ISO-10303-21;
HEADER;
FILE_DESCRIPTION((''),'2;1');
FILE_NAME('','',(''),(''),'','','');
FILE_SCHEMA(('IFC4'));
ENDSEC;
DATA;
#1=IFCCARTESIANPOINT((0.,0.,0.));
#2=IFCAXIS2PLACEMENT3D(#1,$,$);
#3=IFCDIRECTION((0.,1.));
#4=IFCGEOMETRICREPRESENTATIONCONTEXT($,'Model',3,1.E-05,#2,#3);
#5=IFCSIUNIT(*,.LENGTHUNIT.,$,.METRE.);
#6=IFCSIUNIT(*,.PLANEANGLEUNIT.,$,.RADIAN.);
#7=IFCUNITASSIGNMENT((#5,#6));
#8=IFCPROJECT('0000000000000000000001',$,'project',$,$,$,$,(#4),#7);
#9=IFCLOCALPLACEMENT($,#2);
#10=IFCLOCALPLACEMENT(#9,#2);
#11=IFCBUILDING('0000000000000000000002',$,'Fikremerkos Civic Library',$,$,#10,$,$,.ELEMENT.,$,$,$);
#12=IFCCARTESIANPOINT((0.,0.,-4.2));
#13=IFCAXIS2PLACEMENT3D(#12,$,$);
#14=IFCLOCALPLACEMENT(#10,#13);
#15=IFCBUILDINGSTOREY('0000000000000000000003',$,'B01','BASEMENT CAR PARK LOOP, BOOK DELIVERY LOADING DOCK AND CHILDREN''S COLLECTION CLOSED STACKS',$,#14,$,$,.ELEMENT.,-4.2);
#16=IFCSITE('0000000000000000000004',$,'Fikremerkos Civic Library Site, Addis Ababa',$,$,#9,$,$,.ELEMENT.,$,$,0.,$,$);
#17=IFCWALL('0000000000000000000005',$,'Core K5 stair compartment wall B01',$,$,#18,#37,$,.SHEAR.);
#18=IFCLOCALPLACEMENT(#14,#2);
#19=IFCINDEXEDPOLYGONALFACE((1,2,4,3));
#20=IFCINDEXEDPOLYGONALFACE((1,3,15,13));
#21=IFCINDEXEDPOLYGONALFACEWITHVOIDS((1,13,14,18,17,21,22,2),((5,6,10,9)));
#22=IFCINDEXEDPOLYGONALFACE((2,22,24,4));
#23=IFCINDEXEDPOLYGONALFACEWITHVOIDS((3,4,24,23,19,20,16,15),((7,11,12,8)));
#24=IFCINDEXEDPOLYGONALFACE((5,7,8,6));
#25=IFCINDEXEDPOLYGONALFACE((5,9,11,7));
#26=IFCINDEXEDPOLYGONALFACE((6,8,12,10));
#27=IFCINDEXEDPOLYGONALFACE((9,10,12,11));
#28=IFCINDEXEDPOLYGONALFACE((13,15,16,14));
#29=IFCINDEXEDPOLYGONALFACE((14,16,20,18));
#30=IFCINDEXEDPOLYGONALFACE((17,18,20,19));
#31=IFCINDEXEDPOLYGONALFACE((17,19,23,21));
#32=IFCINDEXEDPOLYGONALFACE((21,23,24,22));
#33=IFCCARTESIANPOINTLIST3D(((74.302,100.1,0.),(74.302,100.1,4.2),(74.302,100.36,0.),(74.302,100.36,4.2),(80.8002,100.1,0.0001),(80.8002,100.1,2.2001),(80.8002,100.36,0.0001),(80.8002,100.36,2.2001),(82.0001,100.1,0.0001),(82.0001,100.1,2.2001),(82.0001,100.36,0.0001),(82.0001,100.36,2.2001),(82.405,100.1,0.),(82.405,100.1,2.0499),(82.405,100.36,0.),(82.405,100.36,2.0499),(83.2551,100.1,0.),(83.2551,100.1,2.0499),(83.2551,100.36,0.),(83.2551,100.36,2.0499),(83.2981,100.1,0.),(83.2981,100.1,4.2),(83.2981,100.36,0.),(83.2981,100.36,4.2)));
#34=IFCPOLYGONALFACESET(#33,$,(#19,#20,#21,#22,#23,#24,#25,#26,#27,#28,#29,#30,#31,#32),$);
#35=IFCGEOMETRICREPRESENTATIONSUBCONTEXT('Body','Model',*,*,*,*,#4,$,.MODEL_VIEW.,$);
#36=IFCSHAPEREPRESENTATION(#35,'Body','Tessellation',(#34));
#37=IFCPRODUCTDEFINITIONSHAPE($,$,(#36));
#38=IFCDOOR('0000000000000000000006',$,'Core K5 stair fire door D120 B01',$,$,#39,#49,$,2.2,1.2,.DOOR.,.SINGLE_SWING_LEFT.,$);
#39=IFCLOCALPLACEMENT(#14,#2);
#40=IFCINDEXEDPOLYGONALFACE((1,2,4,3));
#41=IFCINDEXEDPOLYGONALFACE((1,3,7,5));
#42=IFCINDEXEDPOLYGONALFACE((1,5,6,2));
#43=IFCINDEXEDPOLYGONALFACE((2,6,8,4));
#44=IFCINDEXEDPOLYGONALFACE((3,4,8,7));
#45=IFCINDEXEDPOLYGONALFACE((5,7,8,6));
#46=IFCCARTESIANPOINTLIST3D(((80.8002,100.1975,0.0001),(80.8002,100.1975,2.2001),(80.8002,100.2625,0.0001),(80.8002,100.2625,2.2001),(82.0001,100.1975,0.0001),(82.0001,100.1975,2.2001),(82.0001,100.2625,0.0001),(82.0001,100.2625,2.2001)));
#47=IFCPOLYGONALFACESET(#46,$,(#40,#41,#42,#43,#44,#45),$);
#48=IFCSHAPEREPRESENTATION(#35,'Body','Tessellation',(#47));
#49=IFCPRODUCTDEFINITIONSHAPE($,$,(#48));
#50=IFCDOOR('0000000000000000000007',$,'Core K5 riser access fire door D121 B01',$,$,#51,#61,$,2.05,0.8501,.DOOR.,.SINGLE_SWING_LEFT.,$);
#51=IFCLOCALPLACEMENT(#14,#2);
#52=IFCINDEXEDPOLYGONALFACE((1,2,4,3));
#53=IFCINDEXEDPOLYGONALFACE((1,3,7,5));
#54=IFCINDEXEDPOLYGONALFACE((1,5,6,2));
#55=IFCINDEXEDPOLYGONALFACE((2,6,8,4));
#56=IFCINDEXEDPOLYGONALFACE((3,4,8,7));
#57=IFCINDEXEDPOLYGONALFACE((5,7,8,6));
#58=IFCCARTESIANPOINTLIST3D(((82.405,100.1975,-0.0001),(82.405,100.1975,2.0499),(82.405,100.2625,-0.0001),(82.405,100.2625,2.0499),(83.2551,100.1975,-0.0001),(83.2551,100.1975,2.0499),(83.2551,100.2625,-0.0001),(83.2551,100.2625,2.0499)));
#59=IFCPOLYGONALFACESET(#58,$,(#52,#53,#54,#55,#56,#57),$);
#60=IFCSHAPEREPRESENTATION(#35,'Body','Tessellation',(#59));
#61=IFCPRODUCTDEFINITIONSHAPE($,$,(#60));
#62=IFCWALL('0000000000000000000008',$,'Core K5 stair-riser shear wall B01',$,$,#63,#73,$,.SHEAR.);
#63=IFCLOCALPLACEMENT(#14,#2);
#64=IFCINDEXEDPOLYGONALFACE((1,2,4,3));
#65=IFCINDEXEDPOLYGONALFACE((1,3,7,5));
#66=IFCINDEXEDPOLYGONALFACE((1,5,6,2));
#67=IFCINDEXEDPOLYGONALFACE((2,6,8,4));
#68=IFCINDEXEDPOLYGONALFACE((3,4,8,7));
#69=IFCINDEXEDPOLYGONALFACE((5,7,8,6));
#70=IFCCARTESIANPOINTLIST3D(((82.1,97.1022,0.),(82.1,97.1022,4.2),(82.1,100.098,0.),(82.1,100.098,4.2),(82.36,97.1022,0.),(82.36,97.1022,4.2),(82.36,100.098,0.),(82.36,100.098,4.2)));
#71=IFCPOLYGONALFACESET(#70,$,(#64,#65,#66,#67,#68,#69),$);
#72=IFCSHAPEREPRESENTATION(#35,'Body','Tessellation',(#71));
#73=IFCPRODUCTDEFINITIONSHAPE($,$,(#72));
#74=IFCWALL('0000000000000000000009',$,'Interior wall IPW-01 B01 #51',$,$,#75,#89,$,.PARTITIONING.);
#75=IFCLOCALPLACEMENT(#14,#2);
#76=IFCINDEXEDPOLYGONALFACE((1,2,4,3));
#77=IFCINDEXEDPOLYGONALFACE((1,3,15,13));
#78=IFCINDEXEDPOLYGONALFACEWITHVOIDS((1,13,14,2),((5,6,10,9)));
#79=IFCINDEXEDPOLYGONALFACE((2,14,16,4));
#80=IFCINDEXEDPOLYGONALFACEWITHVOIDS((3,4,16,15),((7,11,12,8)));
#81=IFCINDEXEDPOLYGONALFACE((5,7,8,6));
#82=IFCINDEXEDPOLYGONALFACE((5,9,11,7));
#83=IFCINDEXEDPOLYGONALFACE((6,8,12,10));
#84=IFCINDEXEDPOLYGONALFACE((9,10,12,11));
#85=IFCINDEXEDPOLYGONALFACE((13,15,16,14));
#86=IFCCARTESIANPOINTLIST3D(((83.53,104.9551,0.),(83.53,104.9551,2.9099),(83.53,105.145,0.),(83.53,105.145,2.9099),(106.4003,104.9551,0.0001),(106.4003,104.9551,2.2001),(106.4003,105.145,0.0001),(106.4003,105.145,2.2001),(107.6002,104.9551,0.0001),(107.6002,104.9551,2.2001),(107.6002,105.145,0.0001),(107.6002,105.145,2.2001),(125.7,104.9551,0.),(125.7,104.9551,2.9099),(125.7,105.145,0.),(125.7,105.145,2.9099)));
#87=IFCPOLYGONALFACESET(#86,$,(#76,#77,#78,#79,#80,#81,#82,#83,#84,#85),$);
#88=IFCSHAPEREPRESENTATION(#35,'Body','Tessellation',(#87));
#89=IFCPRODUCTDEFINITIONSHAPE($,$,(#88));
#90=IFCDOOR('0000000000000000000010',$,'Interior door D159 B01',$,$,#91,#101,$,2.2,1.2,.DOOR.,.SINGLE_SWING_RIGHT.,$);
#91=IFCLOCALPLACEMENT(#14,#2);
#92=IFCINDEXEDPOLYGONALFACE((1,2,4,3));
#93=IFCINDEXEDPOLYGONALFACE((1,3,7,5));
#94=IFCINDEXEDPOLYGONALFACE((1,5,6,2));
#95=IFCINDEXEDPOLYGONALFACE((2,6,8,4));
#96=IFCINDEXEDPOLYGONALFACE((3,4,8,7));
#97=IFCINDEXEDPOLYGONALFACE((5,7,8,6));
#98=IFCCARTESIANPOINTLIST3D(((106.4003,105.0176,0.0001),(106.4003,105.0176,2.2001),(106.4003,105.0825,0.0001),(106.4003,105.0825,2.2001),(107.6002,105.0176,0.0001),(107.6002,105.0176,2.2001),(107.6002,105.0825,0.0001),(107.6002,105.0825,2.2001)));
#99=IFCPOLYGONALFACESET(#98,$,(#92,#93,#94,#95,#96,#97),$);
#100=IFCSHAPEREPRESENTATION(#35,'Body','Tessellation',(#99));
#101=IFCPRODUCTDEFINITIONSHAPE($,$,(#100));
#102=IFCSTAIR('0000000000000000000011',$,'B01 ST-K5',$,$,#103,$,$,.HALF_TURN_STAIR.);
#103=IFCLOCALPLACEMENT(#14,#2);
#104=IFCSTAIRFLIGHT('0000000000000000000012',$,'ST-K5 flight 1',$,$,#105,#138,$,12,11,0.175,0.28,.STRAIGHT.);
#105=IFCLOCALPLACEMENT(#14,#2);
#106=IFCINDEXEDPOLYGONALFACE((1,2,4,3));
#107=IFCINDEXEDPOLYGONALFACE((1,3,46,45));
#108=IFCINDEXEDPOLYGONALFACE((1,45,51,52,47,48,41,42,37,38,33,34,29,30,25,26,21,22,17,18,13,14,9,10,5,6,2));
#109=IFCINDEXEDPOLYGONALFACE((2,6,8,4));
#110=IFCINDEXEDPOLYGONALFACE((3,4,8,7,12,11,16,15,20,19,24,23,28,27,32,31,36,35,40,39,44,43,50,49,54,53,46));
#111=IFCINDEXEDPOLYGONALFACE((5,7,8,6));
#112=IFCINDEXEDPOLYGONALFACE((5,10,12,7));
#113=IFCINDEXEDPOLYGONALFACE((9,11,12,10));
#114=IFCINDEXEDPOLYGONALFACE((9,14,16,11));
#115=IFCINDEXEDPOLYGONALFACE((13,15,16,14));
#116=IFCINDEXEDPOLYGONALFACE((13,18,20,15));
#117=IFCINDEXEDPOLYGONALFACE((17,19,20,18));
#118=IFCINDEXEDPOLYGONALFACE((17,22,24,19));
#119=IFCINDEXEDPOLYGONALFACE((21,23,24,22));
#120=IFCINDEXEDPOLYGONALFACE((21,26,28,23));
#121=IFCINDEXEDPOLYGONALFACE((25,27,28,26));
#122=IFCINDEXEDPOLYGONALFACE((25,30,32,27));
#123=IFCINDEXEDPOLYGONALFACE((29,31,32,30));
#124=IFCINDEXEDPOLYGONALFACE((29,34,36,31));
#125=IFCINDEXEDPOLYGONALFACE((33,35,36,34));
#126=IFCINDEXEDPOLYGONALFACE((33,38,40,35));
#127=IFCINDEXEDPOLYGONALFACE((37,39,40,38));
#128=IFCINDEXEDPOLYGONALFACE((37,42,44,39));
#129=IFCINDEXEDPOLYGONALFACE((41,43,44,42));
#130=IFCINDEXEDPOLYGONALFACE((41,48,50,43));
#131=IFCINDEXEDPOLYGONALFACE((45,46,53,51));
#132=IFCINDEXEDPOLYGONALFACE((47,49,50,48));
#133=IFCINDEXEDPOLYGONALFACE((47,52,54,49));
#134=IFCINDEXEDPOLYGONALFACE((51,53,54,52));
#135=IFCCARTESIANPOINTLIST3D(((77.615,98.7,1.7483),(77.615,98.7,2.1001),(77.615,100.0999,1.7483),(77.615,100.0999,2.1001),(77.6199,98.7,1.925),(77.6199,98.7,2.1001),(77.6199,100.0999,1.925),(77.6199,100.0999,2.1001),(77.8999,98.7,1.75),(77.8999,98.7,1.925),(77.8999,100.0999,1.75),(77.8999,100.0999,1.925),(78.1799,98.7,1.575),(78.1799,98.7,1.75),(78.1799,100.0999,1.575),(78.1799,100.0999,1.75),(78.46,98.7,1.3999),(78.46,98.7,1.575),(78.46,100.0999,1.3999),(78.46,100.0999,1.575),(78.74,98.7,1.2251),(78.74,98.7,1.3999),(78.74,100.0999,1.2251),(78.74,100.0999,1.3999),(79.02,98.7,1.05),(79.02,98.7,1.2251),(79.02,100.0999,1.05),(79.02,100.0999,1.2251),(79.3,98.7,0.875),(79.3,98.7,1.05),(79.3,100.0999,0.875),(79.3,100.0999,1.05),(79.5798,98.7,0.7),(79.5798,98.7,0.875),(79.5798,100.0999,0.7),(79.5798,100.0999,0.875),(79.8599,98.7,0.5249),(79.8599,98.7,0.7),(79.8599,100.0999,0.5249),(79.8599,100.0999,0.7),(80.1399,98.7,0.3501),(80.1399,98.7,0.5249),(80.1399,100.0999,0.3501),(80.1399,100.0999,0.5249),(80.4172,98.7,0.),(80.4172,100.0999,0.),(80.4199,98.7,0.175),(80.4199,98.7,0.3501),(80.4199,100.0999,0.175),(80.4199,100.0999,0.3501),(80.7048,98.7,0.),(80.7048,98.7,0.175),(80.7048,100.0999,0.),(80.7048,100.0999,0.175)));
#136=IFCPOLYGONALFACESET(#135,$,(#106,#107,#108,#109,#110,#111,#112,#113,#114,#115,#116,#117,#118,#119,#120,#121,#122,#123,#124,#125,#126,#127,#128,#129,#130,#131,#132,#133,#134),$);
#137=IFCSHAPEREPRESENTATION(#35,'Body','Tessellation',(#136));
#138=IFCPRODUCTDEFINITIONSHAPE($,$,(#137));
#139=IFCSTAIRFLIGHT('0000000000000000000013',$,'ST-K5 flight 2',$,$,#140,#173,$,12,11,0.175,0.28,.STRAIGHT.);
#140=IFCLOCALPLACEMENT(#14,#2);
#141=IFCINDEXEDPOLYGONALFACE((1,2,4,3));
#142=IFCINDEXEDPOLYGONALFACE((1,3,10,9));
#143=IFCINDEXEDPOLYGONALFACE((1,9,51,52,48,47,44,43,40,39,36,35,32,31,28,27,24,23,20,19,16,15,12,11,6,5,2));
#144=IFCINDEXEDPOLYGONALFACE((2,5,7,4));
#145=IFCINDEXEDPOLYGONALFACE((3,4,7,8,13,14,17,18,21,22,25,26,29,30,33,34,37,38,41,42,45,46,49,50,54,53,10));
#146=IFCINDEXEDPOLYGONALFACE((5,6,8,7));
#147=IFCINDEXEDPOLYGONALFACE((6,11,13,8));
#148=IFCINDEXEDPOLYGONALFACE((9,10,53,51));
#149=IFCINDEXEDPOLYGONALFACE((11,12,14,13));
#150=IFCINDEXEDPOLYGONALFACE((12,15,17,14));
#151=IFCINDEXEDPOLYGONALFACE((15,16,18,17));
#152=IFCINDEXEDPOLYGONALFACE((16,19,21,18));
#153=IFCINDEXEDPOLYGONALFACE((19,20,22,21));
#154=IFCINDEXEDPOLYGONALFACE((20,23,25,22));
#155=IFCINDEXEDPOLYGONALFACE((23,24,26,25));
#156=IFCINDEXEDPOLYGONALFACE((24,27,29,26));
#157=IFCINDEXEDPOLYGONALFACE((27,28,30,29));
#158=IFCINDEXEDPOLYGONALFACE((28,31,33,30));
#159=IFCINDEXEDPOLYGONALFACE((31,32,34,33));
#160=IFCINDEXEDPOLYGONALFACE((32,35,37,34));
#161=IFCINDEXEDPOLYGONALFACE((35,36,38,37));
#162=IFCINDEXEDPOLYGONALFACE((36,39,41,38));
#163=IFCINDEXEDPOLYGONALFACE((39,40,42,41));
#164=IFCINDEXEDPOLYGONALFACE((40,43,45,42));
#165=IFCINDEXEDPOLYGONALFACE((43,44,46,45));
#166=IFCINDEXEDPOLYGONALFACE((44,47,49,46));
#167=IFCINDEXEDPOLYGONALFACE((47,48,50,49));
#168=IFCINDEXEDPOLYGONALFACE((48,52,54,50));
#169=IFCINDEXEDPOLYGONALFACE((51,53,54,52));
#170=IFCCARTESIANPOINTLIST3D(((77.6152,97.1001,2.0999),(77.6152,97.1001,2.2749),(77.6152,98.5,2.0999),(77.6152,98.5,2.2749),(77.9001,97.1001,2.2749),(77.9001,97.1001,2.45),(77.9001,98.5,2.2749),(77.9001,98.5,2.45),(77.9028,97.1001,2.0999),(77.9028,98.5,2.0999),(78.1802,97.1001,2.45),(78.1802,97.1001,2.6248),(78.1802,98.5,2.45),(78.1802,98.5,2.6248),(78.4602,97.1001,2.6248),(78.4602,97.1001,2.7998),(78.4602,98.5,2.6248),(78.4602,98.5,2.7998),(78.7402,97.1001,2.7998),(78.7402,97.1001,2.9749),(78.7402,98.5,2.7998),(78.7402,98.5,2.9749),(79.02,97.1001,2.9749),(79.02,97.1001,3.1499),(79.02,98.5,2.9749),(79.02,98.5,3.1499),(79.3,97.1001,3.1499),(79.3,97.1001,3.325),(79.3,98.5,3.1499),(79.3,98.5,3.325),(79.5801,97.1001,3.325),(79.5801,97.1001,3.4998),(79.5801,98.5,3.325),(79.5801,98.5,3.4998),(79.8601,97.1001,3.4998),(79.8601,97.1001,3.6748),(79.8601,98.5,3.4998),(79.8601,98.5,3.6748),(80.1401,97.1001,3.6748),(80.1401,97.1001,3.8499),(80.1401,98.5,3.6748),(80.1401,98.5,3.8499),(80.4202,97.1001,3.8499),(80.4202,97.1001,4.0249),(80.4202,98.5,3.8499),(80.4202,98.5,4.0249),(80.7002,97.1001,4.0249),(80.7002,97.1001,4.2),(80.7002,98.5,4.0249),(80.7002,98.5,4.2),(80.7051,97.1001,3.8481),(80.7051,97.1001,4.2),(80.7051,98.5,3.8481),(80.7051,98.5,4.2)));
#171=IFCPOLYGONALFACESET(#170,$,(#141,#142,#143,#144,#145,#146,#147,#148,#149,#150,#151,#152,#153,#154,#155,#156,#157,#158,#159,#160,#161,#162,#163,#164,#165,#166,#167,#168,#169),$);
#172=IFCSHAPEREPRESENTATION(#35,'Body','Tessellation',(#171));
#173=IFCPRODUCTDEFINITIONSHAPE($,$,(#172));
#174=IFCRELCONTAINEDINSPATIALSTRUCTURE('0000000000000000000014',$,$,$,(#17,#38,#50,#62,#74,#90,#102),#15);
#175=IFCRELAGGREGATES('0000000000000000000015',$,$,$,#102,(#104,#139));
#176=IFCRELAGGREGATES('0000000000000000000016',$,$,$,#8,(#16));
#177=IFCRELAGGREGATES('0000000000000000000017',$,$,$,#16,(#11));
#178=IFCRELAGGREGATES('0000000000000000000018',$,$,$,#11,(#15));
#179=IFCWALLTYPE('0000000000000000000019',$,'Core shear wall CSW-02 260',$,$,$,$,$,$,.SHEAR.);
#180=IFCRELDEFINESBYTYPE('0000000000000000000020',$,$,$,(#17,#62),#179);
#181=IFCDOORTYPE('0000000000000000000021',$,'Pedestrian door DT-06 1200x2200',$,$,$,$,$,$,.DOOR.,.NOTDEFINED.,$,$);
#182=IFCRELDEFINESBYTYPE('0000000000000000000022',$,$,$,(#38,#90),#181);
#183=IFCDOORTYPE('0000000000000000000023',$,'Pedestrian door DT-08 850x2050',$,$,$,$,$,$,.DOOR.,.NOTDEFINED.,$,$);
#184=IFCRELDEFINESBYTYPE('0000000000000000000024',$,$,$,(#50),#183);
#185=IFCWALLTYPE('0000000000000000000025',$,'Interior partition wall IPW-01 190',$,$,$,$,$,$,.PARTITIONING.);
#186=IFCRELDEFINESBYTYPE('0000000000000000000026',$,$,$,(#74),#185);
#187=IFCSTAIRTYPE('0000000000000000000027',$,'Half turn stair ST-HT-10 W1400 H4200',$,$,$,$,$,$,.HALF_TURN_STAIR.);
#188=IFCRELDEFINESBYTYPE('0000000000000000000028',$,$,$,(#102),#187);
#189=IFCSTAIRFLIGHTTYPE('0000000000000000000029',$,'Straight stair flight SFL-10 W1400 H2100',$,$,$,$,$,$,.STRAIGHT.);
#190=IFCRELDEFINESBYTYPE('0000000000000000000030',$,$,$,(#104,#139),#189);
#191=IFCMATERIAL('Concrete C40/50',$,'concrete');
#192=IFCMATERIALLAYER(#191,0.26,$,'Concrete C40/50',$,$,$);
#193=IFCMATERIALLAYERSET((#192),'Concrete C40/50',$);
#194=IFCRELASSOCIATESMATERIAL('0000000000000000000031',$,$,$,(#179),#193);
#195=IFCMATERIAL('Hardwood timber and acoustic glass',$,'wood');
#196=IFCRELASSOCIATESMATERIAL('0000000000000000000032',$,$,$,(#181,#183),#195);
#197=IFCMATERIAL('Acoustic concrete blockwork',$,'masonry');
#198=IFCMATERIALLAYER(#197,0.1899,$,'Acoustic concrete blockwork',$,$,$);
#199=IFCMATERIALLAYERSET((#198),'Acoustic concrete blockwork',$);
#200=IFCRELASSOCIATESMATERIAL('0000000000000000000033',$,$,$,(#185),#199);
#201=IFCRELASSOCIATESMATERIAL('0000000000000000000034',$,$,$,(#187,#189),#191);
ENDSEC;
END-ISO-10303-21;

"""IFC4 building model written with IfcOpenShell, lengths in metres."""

from ifc_helpers import new_model, si_unit, direction, frame, frame_2d, origin, place, context, subcontext, project, spatial, polyline, rectangle, outline, extrude, material, layer, layer_set, type_object, element, fill, aggregate, save


model = new_model("IFC4")

# Units and contexts
model_context = context("Model", 3, precision=1e-05, world=origin(), true_north=direction((0.0, 1.0)))
body_context = subcontext(model_context, "Body", "Model", "MODEL_VIEW")
ifc_project = project(units=[si_unit("LENGTHUNIT", "METRE"), si_unit("PLANEANGLEUNIT", "RADIAN")], contexts=[model_context])

# Site, building, storey
site_placement = place(None, origin())
site = spatial("IfcSite", under=ifc_project, at=site_placement, Name="Fikremerkos Civic Library Site, Addis Ababa", CompositionType="ELEMENT", RefElevation=0.0)
building_placement = place(site_placement, origin())
building = spatial("IfcBuilding", under=site, at=building_placement, Name="Fikremerkos Civic Library", CompositionType="ELEMENT")
storey_placement = place(building_placement, frame((0.0, 0.0, -4.2)))
storey = spatial("IfcBuildingStorey", under=building, at=storey_placement, Name="B01", Description="BASEMENT CAR PARK LOOP, BOOK DELIVERY LOADING DOCK AND CHILDREN'S COLLECTION CLOSED STACKS", CompositionType="ELEMENT", Elevation=-4.2)

# Shared definitions
ifc_material_1 = material(Name="Concrete C40/50", Category="concrete")

# Shared definitions
ifc_material_2 = material(Name="Hardwood timber and acoustic glass", Category="wood")

# Wall, openings, doors
ifc_layer_1 = layer(ifc_material_1, 0.26, Name="Concrete C40/50")
ifc_layer_set_1 = layer_set([ifc_layer_1], Name="Concrete C40/50")
wall_type_1 = type_object("IfcWallType", Name="Core shear wall CSW-02 260", PredefinedType="SHEAR", material=ifc_layer_set_1)
wall_1_placement = place(storey_placement, frame((74.302, 100.23, 0.0), z_axis=(0.0, 0.0, 1.0), x_axis=(1.0, 0.0, 0.0)))
wall_1 = element("IfcWall", 1, at=wall_1_placement, inside=storey, type_object=wall_type_1, Name="Core K5 stair compartment wall B01", PredefinedType="SHEAR", context=body_context, shape_type="SweptSolid", body=[
    extrude(rectangle(XDim=8.9961, YDim=0.26, at=frame_2d((4.498, 0.0))), origin(), (0.0, 0.0, 1.0), 4.2),
])
opening_1_placement = place(wall_1_placement, frame((6.498, 0.0, 0.0)))
opening_1 = element("IfcOpeningElement", 2, at=opening_1_placement, cuts=wall_1, PredefinedType="OPENING", context=body_context, shape_type="SweptSolid", body=[
    extrude(rectangle(XDim=1.2, YDim=2.2, at=frame_2d((0.6001, 1.1001))), frame((0.0, 0.1399, 0.0), z_axis=(0.0, -1.0, 0.0), x_axis=(1.0, 0.0, 0.0)), (0.0, 0.0, 1.0), 0.28),
])
opening_2_placement = place(wall_1_placement, frame((8.103, 0.0, 0.0)))
opening_2 = element("IfcOpeningElement", 3, at=opening_2_placement, cuts=wall_1, PredefinedType="OPENING", context=body_context, shape_type="SweptSolid", body=[
    extrude(rectangle(XDim=0.8501, YDim=2.05, at=frame_2d((0.425, 1.0249))), frame((0.0, 0.1399, 0.0), z_axis=(0.0, -1.0, 0.0), x_axis=(1.0, 0.0, 0.0)), (0.0, 0.0, 1.0), 0.28),
])
door_type_1 = type_object("IfcDoorType", Name="Pedestrian door DT-06 1200x2200", OperationType="NOTDEFINED", PredefinedType="DOOR", material=ifc_material_2)
door_1_placement = place(opening_1_placement, origin())
door_1 = element("IfcDoor", 4, at=door_1_placement, inside=storey, type_object=door_type_1, Name="Core K5 stair fire door D120 B01", OperationType="SINGLE_SWING_LEFT", OverallHeight=2.2, OverallWidth=1.2, PredefinedType="DOOR", context=body_context, shape_type="SweptSolid", body=[
    extrude(rectangle(XDim=1.2, YDim=2.2, at=frame_2d((0.6001, 1.1001))), frame((0.0, 0.0325, 0.0), z_axis=(0.0, -1.0, 0.0), x_axis=(1.0, 0.0, 0.0)), (0.0, 0.0, 1.0), 0.0649),
])
fill(opening_1, door_1)
door_type_2 = type_object("IfcDoorType", Name="Pedestrian door DT-08 850x2050", OperationType="NOTDEFINED", PredefinedType="DOOR", material=ifc_material_2)
door_2_placement = place(opening_2_placement, origin())
door_2 = element("IfcDoor", 5, at=door_2_placement, inside=storey, type_object=door_type_2, Name="Core K5 riser access fire door D121 B01", OperationType="SINGLE_SWING_LEFT", OverallHeight=2.05, OverallWidth=0.8501, PredefinedType="DOOR", context=body_context, shape_type="SweptSolid", body=[
    extrude(rectangle(XDim=0.8501, YDim=2.05, at=frame_2d((0.425, 1.0249))), frame((0.0, 0.0325, 0.0), z_axis=(0.0, -1.0, 0.0), x_axis=(1.0, 0.0, 0.0)), (0.0, 0.0, 1.0), 0.0649),
])
fill(opening_2, door_2)

# Wall
wall_2_placement = place(storey_placement, frame((82.23, 97.1021, 0.0), z_axis=(0.0, 0.0, 1.0), x_axis=(0.0, 1.0, 0.0)))
element("IfcWall", 6, at=wall_2_placement, inside=storey, type_object=wall_type_1, Name="Core K5 stair-riser shear wall B01", PredefinedType="SHEAR", context=body_context, shape_type="SweptSolid", body=[
    extrude(rectangle(XDim=2.9958, YDim=0.26, at=frame_2d((1.498, 0.0))), origin(), (0.0, 0.0, 1.0), 4.2),
])

# Wall, opening, door
ifc_material_3 = material(Name="Acoustic concrete blockwork", Category="masonry")
ifc_layer_2 = layer(ifc_material_3, 0.1899, Name="Acoustic concrete blockwork")
ifc_layer_set_2 = layer_set([ifc_layer_2], Name="Acoustic concrete blockwork")
wall_type_2 = type_object("IfcWallType", Name="Interior partition wall IPW-01 190", PredefinedType="PARTITIONING", material=ifc_layer_set_2)
wall_3_placement = place(storey_placement, frame((83.53, 105.05, 0.0), z_axis=(0.0, 0.0, 1.0), x_axis=(1.0, 0.0, 0.0)))
wall_3 = element("IfcWall", 7, at=wall_3_placement, inside=storey, type_object=wall_type_2, Name="Interior wall IPW-01 B01 #51", PredefinedType="PARTITIONING", context=body_context, shape_type="SweptSolid", body=[
    extrude(rectangle(XDim=42.1699, YDim=0.1899, at=frame_2d((21.085, 0.0))), origin(), (0.0, 0.0, 1.0), 2.9099),
])
opening_3_placement = place(wall_3_placement, frame((22.8701, 0.0, 0.0)))
opening_3 = element("IfcOpeningElement", 8, at=opening_3_placement, cuts=wall_3, PredefinedType="OPENING", context=body_context, shape_type="SweptSolid", body=[
    extrude(rectangle(XDim=1.2, YDim=2.2, at=frame_2d((0.6001, 1.1001))), frame((0.0, 0.105, 0.0), z_axis=(0.0, -1.0, 0.0), x_axis=(1.0, 0.0, 0.0)), (0.0, 0.0, 1.0), 0.21),
])
door_3_placement = place(opening_3_placement, origin())
door_3 = element("IfcDoor", 9, at=door_3_placement, inside=storey, type_object=door_type_1, Name="Interior door D159 B01", OperationType="SINGLE_SWING_RIGHT", OverallHeight=2.2, OverallWidth=1.2, PredefinedType="DOOR", context=body_context, shape_type="SweptSolid", body=[
    extrude(rectangle(XDim=1.2, YDim=2.2, at=frame_2d((0.6001, 1.1001))), frame((0.0, 0.0325, 0.0), z_axis=(0.0, -1.0, 0.0), x_axis=(1.0, 0.0, 0.0)), (0.0, 0.0, 1.0), 0.0649),
])
fill(opening_3, door_3)

# Stair, stair flights
stair_type = type_object("IfcStairType", Name="Half turn stair ST-HT-10 W1400 H4200", PredefinedType="HALF_TURN_STAIR", material=ifc_material_1)
stair_placement = place(storey_placement, origin())
stair = element("IfcStair", 10, at=stair_placement, inside=storey, type_object=stair_type, Name="B01 ST-K5", PredefinedType="HALF_TURN_STAIR")
stair_flight_type = type_object("IfcStairFlightType", Name="Straight stair flight SFL-10 W1400 H2100", PredefinedType="STRAIGHT", material=ifc_material_1)
stair_flight_1_placement = place(storey_placement, frame((80.7, 99.3999, 0.0), z_axis=(0.0, 0.0, 1.0), x_axis=(-1.0, 0.0, 0.0)))
stair_flight_1 = element("IfcStairFlight", 11, at=stair_flight_1_placement, type_object=stair_flight_type, Name="ST-K5 flight 1", NumberOfRisers=12, NumberOfTreads=11, PredefinedType="STRAIGHT", RiserHeight=0.175, TreadLength=0.28, context=body_context, shape_type="SweptSolid", body=[
    extrude(outline(polyline([(-0.0049, 0.0), (-0.0049, 0.175), (0.28, 0.175), (0.28, 0.3501), (0.5601, 0.3501), (0.5601, 0.5249), (0.8401, 0.5249), (0.8401, 0.7), (1.1201, 0.7), (1.1201, 0.875), (1.3999, 0.875), (1.3999, 1.05), (1.6799, 1.05), (1.6799, 1.2251), (1.96, 1.2251), (1.96, 1.3999), (2.24, 1.3999), (2.24, 1.575), (2.52, 1.575), (2.52, 1.75), (2.8, 1.75), (2.8, 1.925), (3.0801, 1.925), (3.0801, 2.1001), (3.085, 2.1001), (3.085, 1.7483), (0.2827, 0.0), (-0.0049, 0.0)])), frame((0.0, 0.7, 0.0), z_axis=(0.0, -1.0, 0.0), x_axis=(1.0, 0.0, 0.0)), (0.0, 0.0, 1.0), 1.3999),
])
stair_flight_2_placement = place(storey_placement, frame((77.6201, 97.8, 2.0999), z_axis=(0.0, 0.0, 1.0), x_axis=(1.0, 0.0, 0.0)))
stair_flight_2 = element("IfcStairFlight", 12, at=stair_flight_2_placement, type_object=stair_flight_type, Name="ST-K5 flight 2", NumberOfRisers=12, NumberOfTreads=11, PredefinedType="STRAIGHT", RiserHeight=0.175, TreadLength=0.28, context=body_context, shape_type="SweptSolid", body=[
    extrude(outline(polyline([(-0.0049, 0.0), (-0.0049, 0.175), (0.28, 0.175), (0.28, 0.3501), (0.5601, 0.3501), (0.5601, 0.5249), (0.8401, 0.5249), (0.8401, 0.7), (1.1201, 0.7), (1.1201, 0.875), (1.3999, 0.875), (1.3999, 1.05), (1.6799, 1.05), (1.6799, 1.2251), (1.96, 1.2251), (1.96, 1.3999), (2.24, 1.3999), (2.24, 1.575), (2.52, 1.575), (2.52, 1.75), (2.8, 1.75), (2.8, 1.925), (3.0801, 1.925), (3.0801, 2.1001), (3.085, 2.1001), (3.085, 1.7483), (0.2827, 0.0), (-0.0049, 0.0)])), frame((0.0, 0.7, 0.0), z_axis=(0.0, -1.0, 0.0), x_axis=(1.0, 0.0, 0.0)), (0.0, 0.0, 1.0), 1.3999),
])
aggregate(stair, [stair_flight_1, stair_flight_2])

save(model, "model.ifc")
